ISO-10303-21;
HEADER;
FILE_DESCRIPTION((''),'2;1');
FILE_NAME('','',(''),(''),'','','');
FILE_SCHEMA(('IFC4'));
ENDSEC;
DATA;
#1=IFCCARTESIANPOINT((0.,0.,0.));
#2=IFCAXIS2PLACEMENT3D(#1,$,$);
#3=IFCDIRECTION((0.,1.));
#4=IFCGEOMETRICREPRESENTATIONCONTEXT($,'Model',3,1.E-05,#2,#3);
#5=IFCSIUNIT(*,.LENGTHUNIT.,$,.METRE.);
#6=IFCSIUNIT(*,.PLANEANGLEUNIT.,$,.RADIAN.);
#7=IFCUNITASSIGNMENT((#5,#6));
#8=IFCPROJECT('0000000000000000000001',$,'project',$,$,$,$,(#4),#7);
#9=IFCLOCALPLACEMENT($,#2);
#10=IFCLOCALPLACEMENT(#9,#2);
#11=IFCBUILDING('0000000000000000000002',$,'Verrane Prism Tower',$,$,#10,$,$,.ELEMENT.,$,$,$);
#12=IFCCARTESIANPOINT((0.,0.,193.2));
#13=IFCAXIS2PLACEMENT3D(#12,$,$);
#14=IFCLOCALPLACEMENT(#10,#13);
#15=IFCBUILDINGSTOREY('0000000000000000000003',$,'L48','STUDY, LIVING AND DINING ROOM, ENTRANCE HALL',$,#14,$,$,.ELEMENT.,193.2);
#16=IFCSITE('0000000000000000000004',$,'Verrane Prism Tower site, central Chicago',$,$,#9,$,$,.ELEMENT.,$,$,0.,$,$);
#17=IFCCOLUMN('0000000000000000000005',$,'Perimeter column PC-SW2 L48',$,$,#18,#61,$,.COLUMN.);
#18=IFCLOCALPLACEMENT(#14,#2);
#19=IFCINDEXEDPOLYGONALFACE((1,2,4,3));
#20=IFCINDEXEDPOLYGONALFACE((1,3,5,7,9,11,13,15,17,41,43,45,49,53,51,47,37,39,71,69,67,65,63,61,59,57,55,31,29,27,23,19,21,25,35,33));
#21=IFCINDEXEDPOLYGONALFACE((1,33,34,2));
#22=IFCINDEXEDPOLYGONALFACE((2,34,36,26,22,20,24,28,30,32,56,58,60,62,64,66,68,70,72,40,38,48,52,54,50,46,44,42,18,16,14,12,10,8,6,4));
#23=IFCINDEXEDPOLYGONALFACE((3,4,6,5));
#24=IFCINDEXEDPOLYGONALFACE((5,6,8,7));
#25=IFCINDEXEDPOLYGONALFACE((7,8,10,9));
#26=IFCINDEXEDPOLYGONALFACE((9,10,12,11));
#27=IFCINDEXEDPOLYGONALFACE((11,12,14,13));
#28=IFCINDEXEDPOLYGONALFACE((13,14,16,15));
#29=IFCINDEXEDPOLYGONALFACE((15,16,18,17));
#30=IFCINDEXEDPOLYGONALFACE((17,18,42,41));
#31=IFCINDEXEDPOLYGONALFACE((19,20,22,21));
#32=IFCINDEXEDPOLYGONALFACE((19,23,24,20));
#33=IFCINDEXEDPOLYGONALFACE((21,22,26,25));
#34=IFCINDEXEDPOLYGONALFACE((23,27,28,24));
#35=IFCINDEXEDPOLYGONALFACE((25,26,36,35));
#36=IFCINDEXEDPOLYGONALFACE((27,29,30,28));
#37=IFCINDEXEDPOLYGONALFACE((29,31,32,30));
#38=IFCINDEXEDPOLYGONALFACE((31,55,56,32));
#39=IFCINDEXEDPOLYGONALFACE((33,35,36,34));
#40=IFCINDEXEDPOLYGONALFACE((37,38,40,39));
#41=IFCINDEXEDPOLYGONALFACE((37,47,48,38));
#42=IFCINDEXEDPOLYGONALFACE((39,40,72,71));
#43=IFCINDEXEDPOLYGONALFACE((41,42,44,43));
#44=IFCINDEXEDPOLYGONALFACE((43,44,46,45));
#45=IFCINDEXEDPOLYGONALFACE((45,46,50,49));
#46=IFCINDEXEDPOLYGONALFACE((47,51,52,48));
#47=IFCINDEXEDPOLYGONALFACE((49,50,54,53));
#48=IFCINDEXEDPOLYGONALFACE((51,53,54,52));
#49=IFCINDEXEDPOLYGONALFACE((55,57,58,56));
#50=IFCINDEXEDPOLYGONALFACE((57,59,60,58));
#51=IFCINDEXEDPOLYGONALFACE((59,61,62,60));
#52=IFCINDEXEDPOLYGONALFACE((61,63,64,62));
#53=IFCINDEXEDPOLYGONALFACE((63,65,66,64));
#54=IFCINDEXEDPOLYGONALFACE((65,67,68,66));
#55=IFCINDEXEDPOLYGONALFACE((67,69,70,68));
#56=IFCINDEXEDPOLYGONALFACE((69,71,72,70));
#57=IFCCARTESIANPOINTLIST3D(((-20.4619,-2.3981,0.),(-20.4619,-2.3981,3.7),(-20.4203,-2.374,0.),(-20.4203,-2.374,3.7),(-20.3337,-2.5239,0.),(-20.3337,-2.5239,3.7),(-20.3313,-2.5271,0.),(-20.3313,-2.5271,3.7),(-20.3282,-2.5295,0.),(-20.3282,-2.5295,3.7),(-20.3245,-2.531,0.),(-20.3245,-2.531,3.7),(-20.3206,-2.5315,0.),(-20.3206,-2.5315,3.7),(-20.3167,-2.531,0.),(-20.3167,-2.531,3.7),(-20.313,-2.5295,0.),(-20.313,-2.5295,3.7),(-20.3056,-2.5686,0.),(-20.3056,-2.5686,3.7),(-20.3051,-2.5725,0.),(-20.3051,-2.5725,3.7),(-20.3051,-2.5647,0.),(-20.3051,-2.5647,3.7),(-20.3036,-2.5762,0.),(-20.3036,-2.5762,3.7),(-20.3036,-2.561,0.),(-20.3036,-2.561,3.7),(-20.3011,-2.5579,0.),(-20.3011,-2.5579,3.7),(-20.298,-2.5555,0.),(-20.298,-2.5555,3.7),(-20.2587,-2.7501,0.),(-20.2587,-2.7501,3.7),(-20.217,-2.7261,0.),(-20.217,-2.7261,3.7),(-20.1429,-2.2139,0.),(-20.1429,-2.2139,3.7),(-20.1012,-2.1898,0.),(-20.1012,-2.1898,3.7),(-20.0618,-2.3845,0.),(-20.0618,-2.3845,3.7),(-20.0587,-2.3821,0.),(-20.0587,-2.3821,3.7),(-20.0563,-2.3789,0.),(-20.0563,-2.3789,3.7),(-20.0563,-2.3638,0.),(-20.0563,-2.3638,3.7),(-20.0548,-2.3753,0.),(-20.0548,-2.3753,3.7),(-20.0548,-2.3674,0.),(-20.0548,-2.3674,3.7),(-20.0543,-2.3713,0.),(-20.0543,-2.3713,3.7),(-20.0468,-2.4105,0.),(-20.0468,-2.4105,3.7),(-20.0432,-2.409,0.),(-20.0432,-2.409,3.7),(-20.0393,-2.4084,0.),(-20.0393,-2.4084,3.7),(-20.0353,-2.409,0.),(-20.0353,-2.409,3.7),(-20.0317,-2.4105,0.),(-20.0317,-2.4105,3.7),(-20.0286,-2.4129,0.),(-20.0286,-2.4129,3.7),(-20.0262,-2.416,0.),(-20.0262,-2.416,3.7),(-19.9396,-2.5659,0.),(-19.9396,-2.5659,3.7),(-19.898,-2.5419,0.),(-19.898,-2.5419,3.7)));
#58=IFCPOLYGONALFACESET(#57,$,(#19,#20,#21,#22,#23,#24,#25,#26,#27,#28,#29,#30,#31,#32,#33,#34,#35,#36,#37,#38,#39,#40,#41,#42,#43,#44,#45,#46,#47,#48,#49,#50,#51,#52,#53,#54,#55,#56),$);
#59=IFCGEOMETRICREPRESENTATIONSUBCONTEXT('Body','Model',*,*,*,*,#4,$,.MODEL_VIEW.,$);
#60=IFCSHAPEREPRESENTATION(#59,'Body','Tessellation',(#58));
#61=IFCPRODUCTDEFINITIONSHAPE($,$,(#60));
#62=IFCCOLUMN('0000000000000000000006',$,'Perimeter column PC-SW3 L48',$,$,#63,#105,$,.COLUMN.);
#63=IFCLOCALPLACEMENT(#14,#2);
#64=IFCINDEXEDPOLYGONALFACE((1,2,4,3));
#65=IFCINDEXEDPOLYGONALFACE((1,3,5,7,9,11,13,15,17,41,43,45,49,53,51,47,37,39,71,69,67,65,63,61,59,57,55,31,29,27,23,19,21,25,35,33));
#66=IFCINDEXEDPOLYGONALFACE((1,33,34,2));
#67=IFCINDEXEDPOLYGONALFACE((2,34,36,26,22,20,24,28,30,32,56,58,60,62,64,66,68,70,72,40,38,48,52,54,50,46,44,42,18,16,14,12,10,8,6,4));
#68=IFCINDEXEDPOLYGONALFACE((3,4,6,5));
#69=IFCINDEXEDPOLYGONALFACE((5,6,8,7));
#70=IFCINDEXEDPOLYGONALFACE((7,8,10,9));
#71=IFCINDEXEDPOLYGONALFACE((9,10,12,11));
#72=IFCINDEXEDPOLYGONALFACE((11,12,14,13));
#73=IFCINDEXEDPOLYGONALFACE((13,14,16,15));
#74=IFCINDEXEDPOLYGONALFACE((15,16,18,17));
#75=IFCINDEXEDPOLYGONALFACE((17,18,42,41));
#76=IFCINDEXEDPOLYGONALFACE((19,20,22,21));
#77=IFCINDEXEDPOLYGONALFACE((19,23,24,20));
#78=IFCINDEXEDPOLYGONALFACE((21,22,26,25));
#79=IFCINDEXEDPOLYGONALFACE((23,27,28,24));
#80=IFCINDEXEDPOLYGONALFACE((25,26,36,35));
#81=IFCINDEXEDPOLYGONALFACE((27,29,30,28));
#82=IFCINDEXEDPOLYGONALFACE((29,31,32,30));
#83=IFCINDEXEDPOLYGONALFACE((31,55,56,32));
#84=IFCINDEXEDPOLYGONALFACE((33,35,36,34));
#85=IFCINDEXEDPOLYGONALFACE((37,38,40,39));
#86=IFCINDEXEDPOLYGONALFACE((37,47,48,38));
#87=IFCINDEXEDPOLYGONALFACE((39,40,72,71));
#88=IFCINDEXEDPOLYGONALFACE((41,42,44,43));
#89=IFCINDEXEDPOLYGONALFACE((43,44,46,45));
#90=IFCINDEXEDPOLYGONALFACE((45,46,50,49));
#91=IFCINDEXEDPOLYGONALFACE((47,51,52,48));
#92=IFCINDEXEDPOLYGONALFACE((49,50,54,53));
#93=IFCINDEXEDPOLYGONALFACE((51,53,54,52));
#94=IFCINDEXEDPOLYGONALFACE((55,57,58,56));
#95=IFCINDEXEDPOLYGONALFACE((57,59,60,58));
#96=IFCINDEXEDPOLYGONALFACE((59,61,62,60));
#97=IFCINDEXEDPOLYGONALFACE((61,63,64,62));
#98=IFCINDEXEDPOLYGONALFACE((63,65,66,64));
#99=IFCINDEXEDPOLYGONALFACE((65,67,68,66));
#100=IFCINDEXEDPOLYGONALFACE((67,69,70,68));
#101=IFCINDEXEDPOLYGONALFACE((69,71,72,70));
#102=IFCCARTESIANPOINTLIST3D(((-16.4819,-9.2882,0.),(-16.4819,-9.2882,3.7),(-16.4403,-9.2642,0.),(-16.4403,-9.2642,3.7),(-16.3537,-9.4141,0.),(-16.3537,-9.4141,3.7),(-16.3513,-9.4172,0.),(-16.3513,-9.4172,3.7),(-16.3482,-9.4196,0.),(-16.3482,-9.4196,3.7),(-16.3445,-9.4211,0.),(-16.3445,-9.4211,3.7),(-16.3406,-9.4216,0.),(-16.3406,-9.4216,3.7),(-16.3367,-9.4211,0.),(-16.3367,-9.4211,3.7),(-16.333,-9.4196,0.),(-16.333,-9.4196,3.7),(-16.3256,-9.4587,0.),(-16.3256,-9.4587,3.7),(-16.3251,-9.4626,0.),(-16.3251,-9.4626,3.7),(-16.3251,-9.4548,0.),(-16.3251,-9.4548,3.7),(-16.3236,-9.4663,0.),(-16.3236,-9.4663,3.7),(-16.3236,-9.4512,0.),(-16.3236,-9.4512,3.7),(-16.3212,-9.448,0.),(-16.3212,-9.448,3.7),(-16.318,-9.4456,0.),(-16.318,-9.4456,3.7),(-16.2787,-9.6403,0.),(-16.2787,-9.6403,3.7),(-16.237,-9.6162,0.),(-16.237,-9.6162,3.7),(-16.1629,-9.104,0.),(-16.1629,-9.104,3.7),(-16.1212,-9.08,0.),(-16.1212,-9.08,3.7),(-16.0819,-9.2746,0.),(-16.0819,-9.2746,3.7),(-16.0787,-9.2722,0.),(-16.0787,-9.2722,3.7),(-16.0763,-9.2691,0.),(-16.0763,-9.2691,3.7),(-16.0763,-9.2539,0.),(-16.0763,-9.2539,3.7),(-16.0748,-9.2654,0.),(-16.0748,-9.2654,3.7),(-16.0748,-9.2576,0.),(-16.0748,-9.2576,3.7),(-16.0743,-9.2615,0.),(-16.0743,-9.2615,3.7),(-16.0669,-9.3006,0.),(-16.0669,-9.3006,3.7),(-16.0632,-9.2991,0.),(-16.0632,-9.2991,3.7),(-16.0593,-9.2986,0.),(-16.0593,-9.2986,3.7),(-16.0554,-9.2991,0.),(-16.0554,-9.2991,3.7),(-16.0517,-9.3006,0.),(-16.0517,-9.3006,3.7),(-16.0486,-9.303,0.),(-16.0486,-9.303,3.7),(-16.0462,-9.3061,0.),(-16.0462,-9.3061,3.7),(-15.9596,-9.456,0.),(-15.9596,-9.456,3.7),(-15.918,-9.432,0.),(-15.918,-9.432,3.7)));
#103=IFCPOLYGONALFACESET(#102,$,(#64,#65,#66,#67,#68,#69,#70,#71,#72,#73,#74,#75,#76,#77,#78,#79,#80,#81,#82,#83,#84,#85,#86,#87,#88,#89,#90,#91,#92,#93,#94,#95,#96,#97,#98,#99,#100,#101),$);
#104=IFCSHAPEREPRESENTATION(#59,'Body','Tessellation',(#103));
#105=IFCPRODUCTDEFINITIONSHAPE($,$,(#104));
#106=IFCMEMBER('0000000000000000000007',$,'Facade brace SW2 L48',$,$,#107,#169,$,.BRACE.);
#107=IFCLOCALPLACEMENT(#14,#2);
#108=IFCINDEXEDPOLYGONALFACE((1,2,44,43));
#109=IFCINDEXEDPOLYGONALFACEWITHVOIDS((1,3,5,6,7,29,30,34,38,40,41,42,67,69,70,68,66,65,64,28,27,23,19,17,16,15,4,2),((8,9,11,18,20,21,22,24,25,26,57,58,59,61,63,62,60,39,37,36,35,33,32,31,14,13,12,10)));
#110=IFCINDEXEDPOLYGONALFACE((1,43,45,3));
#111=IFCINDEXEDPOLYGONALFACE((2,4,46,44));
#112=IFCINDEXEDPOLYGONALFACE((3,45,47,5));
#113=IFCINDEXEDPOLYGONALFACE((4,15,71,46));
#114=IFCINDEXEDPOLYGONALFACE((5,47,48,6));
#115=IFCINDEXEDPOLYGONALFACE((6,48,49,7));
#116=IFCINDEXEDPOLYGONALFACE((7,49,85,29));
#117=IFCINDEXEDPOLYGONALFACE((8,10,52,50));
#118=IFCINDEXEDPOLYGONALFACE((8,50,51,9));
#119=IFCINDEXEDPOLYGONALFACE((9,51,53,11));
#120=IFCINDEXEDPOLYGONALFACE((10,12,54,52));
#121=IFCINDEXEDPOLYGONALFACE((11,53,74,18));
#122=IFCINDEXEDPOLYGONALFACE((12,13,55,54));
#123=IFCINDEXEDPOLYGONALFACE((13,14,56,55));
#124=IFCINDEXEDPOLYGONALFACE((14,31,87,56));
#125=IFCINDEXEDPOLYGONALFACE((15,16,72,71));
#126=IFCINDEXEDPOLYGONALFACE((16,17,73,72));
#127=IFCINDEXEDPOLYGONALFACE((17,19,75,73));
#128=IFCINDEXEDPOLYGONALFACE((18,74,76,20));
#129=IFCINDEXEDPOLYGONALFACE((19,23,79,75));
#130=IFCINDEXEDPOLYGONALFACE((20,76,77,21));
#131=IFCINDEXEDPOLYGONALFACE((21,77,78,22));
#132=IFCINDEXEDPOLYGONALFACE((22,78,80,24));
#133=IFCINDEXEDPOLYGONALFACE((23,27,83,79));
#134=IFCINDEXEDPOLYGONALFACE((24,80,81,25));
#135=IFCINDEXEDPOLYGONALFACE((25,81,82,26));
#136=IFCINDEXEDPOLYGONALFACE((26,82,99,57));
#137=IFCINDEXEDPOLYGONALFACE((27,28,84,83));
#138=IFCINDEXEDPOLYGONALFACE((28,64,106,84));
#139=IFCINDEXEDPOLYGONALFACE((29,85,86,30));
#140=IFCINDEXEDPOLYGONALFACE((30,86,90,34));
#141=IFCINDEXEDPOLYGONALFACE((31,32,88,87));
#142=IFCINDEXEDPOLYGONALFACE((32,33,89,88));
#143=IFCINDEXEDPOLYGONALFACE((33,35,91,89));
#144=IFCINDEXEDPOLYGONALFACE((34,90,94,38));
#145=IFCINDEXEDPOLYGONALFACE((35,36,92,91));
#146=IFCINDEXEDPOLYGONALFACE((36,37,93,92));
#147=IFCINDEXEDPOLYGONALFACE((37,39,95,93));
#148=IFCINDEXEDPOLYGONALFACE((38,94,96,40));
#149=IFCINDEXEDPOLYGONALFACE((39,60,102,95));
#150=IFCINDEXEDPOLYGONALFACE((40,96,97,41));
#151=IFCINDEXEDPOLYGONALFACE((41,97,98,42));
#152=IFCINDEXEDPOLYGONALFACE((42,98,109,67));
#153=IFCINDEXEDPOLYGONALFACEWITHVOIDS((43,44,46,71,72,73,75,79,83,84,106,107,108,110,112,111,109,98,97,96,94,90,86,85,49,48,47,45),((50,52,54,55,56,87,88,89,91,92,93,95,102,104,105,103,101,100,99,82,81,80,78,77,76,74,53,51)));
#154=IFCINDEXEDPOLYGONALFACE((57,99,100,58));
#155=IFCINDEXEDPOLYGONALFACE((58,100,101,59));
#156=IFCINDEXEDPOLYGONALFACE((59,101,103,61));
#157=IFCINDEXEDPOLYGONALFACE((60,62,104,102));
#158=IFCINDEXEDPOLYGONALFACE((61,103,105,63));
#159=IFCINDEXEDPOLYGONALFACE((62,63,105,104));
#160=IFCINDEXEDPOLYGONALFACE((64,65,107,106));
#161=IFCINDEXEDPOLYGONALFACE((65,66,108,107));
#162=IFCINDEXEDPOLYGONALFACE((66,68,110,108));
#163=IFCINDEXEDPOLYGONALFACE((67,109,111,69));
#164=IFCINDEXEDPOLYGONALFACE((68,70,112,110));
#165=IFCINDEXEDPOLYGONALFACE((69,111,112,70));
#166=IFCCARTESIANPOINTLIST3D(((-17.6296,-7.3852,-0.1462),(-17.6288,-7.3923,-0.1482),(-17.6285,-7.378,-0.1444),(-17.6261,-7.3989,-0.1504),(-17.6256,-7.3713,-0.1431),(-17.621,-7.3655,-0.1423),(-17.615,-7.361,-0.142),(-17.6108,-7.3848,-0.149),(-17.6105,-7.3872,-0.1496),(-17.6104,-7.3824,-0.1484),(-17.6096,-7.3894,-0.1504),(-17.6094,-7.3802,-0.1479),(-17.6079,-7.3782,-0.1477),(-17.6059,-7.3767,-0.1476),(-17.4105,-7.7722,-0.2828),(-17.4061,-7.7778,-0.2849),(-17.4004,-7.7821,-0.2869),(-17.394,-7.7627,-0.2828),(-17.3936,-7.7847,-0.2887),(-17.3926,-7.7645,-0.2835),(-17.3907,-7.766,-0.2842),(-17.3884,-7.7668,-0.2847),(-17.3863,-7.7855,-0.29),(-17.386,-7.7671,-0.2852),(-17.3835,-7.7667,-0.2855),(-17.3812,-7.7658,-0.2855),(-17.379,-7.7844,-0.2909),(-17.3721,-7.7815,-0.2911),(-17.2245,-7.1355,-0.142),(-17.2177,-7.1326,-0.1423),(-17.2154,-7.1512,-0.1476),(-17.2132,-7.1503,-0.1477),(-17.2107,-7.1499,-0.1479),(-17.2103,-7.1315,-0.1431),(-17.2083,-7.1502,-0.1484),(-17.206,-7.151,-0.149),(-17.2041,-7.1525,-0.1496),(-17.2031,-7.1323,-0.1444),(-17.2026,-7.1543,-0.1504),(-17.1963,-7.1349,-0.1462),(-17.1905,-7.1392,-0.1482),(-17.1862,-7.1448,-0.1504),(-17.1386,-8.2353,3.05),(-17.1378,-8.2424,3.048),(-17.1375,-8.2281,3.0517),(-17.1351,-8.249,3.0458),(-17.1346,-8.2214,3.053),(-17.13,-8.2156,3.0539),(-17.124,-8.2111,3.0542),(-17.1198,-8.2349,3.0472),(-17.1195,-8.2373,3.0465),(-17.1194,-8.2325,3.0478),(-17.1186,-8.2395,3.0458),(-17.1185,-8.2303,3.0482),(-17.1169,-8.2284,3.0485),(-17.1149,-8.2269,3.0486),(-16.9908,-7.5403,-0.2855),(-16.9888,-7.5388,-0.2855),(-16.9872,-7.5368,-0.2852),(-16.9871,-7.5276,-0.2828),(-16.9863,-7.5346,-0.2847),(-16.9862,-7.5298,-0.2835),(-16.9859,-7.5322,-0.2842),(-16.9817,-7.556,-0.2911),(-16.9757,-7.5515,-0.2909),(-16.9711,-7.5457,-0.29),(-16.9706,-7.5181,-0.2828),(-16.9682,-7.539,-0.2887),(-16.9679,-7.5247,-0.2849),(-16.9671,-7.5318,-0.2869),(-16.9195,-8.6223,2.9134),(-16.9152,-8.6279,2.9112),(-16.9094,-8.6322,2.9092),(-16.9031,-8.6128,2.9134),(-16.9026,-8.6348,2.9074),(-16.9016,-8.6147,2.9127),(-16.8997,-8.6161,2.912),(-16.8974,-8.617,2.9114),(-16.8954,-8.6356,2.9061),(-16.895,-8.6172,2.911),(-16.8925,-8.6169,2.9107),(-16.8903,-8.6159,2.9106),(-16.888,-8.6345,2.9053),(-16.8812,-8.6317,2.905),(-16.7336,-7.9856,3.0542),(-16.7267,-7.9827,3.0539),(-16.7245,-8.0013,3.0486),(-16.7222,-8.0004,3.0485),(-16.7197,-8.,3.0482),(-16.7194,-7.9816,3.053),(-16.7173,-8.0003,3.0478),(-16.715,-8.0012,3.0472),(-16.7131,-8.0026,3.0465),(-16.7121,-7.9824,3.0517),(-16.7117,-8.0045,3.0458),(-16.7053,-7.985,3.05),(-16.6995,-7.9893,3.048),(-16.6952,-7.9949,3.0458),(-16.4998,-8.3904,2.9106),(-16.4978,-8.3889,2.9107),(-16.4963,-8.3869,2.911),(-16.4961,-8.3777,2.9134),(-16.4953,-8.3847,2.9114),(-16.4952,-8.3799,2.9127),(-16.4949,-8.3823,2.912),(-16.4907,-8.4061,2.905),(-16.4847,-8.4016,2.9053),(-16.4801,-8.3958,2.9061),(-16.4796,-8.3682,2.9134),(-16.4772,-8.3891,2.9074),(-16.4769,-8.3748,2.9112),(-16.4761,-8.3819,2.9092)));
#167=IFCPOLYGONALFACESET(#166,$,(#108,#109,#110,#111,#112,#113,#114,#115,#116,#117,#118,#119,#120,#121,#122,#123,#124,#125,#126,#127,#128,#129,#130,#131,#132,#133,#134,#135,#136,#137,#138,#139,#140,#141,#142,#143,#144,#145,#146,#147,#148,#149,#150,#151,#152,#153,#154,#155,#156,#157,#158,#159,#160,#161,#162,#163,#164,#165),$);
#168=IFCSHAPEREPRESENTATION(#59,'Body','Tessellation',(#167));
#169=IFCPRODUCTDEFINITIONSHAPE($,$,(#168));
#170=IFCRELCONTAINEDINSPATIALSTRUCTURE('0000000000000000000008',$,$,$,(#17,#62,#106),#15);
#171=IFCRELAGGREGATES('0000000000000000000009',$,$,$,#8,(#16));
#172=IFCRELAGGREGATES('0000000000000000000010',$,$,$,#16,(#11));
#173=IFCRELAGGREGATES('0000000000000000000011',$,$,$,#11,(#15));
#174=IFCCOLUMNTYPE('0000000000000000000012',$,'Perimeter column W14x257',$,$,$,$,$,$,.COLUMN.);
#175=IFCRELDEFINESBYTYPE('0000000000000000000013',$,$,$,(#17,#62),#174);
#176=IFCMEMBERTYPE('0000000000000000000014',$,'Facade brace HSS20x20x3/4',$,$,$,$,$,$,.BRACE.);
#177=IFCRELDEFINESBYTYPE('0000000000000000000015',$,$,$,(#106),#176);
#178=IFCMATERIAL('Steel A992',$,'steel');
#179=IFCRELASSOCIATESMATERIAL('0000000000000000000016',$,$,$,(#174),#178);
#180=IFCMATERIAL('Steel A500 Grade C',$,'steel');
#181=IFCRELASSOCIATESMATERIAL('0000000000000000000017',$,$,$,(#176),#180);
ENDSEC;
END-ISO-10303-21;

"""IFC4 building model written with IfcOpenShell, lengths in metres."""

from ifc_helpers import new_model, si_unit, direction, frame, origin, origin_2d, place, context, subcontext, project, spatial, hollow_rectangle, i_section, extrude, material, material_profile, profile_set, type_object, element, save


model = new_model("IFC4")

# Units and contexts
model_context = context("Model", 3, precision=1e-05, world=origin(), true_north=direction((0.0, 1.0)))
body_context = subcontext(model_context, "Body", "Model", "MODEL_VIEW")
ifc_project = project(units=[si_unit("LENGTHUNIT", "METRE"), si_unit("PLANEANGLEUNIT", "RADIAN")], contexts=[model_context])

# Site, building, storey
site_placement = place(None, origin())
site = spatial("IfcSite", under=ifc_project, at=site_placement, Name="Verrane Prism Tower site, central Chicago", CompositionType="ELEMENT", RefElevation=0.0)
building_placement = place(site_placement, origin())
building = spatial("IfcBuilding", under=site, at=building_placement, Name="Verrane Prism Tower", CompositionType="ELEMENT")
storey_placement = place(building_placement, frame((0.0, 0.0, 193.2)))
storey = spatial("IfcBuildingStorey", under=building, at=storey_placement, Name="L48", Description="STUDY, LIVING AND DINING ROOM, ENTRANCE HALL", CompositionType="ELEMENT", Elevation=193.2)

# Columns
ifc_material_1 = material(Name="Steel A992", Category="steel")
ifc_material_profile_1 = material_profile(ifc_material_1, i_section(OverallWidth=0.4065, OverallDepth=0.4165, WebThickness=0.03, FlangeThickness=0.0481, FilletRadius=0.0151, at=origin_2d()), Name="W14x257")
ifc_profile_set_1 = profile_set([ifc_material_profile_1], Name="Steel A992")
column_type = type_object("IfcColumnType", Name="Perimeter column W14x257", PredefinedType="COLUMN", material=ifc_profile_set_1)
for number, where, z_axis, x_axis, name in (
    (1, (-20.1799, -2.47, 0.0), (0.0, 0.0, 1.0), (-0.5, 0.866025, 0.0), "Perimeter column PC-SW2 L48"),
    (2, (-16.2, -9.3601, 0.0), (0.0, 0.0, 1.0), (-0.5, 0.866025, 0.0), "Perimeter column PC-SW3 L48"),
):
    element("IfcColumn", number, at=place(storey_placement, frame(where, z_axis=z_axis, x_axis=x_axis)), inside=storey, type_object=column_type, Name=name, PredefinedType="COLUMN", context=body_context, shape_type="SweptSolid", body=[
        extrude(i_section(OverallWidth=0.4065, OverallDepth=0.4165, WebThickness=0.03, FlangeThickness=0.0481, FilletRadius=0.0151, at=origin_2d()), origin(), (0.0, 0.0, 1.0), 3.7),
    ])

# Member
ifc_material_2 = material(Name="Steel A500 Grade C", Category="steel")
ifc_material_profile_2 = material_profile(ifc_material_2, hollow_rectangle(XDim=0.5081, YDim=0.5081, WallThickness=0.019, InnerFilletRadius=0.0095, OuterFilletRadius=0.0286, at=origin_2d()), Name="HSS20x20x3/4")
ifc_profile_set_2 = profile_set([ifc_material_profile_2], Name="Steel A500 Grade C")
member_type_1 = type_object("IfcMemberType", Name="Facade brace HSS20x20x3/4", PredefinedType="BRACE", material=ifc_profile_set_2)
member_1_placement = place(storey_placement, frame((-17.2983, -7.4585, -0.2166), z_axis=(0.146846, -0.25426, 0.955923), x_axis=(0.865954, 0.500124, 0.0)))
element("IfcMember", 3, at=member_1_placement, inside=storey, type_object=member_type_1, Name="Facade brace SW2 L48", PredefinedType="BRACE", context=body_context, shape_type="SweptSolid", body=[
    extrude(hollow_rectangle(XDim=0.5081, YDim=0.5081, WallThickness=0.019, InnerFilletRadius=0.0095, OuterFilletRadius=0.0286, at=origin_2d()), origin(), (0.0, 0.0, 1.0), 3.3435),
])

save(model, "model.ifc")
